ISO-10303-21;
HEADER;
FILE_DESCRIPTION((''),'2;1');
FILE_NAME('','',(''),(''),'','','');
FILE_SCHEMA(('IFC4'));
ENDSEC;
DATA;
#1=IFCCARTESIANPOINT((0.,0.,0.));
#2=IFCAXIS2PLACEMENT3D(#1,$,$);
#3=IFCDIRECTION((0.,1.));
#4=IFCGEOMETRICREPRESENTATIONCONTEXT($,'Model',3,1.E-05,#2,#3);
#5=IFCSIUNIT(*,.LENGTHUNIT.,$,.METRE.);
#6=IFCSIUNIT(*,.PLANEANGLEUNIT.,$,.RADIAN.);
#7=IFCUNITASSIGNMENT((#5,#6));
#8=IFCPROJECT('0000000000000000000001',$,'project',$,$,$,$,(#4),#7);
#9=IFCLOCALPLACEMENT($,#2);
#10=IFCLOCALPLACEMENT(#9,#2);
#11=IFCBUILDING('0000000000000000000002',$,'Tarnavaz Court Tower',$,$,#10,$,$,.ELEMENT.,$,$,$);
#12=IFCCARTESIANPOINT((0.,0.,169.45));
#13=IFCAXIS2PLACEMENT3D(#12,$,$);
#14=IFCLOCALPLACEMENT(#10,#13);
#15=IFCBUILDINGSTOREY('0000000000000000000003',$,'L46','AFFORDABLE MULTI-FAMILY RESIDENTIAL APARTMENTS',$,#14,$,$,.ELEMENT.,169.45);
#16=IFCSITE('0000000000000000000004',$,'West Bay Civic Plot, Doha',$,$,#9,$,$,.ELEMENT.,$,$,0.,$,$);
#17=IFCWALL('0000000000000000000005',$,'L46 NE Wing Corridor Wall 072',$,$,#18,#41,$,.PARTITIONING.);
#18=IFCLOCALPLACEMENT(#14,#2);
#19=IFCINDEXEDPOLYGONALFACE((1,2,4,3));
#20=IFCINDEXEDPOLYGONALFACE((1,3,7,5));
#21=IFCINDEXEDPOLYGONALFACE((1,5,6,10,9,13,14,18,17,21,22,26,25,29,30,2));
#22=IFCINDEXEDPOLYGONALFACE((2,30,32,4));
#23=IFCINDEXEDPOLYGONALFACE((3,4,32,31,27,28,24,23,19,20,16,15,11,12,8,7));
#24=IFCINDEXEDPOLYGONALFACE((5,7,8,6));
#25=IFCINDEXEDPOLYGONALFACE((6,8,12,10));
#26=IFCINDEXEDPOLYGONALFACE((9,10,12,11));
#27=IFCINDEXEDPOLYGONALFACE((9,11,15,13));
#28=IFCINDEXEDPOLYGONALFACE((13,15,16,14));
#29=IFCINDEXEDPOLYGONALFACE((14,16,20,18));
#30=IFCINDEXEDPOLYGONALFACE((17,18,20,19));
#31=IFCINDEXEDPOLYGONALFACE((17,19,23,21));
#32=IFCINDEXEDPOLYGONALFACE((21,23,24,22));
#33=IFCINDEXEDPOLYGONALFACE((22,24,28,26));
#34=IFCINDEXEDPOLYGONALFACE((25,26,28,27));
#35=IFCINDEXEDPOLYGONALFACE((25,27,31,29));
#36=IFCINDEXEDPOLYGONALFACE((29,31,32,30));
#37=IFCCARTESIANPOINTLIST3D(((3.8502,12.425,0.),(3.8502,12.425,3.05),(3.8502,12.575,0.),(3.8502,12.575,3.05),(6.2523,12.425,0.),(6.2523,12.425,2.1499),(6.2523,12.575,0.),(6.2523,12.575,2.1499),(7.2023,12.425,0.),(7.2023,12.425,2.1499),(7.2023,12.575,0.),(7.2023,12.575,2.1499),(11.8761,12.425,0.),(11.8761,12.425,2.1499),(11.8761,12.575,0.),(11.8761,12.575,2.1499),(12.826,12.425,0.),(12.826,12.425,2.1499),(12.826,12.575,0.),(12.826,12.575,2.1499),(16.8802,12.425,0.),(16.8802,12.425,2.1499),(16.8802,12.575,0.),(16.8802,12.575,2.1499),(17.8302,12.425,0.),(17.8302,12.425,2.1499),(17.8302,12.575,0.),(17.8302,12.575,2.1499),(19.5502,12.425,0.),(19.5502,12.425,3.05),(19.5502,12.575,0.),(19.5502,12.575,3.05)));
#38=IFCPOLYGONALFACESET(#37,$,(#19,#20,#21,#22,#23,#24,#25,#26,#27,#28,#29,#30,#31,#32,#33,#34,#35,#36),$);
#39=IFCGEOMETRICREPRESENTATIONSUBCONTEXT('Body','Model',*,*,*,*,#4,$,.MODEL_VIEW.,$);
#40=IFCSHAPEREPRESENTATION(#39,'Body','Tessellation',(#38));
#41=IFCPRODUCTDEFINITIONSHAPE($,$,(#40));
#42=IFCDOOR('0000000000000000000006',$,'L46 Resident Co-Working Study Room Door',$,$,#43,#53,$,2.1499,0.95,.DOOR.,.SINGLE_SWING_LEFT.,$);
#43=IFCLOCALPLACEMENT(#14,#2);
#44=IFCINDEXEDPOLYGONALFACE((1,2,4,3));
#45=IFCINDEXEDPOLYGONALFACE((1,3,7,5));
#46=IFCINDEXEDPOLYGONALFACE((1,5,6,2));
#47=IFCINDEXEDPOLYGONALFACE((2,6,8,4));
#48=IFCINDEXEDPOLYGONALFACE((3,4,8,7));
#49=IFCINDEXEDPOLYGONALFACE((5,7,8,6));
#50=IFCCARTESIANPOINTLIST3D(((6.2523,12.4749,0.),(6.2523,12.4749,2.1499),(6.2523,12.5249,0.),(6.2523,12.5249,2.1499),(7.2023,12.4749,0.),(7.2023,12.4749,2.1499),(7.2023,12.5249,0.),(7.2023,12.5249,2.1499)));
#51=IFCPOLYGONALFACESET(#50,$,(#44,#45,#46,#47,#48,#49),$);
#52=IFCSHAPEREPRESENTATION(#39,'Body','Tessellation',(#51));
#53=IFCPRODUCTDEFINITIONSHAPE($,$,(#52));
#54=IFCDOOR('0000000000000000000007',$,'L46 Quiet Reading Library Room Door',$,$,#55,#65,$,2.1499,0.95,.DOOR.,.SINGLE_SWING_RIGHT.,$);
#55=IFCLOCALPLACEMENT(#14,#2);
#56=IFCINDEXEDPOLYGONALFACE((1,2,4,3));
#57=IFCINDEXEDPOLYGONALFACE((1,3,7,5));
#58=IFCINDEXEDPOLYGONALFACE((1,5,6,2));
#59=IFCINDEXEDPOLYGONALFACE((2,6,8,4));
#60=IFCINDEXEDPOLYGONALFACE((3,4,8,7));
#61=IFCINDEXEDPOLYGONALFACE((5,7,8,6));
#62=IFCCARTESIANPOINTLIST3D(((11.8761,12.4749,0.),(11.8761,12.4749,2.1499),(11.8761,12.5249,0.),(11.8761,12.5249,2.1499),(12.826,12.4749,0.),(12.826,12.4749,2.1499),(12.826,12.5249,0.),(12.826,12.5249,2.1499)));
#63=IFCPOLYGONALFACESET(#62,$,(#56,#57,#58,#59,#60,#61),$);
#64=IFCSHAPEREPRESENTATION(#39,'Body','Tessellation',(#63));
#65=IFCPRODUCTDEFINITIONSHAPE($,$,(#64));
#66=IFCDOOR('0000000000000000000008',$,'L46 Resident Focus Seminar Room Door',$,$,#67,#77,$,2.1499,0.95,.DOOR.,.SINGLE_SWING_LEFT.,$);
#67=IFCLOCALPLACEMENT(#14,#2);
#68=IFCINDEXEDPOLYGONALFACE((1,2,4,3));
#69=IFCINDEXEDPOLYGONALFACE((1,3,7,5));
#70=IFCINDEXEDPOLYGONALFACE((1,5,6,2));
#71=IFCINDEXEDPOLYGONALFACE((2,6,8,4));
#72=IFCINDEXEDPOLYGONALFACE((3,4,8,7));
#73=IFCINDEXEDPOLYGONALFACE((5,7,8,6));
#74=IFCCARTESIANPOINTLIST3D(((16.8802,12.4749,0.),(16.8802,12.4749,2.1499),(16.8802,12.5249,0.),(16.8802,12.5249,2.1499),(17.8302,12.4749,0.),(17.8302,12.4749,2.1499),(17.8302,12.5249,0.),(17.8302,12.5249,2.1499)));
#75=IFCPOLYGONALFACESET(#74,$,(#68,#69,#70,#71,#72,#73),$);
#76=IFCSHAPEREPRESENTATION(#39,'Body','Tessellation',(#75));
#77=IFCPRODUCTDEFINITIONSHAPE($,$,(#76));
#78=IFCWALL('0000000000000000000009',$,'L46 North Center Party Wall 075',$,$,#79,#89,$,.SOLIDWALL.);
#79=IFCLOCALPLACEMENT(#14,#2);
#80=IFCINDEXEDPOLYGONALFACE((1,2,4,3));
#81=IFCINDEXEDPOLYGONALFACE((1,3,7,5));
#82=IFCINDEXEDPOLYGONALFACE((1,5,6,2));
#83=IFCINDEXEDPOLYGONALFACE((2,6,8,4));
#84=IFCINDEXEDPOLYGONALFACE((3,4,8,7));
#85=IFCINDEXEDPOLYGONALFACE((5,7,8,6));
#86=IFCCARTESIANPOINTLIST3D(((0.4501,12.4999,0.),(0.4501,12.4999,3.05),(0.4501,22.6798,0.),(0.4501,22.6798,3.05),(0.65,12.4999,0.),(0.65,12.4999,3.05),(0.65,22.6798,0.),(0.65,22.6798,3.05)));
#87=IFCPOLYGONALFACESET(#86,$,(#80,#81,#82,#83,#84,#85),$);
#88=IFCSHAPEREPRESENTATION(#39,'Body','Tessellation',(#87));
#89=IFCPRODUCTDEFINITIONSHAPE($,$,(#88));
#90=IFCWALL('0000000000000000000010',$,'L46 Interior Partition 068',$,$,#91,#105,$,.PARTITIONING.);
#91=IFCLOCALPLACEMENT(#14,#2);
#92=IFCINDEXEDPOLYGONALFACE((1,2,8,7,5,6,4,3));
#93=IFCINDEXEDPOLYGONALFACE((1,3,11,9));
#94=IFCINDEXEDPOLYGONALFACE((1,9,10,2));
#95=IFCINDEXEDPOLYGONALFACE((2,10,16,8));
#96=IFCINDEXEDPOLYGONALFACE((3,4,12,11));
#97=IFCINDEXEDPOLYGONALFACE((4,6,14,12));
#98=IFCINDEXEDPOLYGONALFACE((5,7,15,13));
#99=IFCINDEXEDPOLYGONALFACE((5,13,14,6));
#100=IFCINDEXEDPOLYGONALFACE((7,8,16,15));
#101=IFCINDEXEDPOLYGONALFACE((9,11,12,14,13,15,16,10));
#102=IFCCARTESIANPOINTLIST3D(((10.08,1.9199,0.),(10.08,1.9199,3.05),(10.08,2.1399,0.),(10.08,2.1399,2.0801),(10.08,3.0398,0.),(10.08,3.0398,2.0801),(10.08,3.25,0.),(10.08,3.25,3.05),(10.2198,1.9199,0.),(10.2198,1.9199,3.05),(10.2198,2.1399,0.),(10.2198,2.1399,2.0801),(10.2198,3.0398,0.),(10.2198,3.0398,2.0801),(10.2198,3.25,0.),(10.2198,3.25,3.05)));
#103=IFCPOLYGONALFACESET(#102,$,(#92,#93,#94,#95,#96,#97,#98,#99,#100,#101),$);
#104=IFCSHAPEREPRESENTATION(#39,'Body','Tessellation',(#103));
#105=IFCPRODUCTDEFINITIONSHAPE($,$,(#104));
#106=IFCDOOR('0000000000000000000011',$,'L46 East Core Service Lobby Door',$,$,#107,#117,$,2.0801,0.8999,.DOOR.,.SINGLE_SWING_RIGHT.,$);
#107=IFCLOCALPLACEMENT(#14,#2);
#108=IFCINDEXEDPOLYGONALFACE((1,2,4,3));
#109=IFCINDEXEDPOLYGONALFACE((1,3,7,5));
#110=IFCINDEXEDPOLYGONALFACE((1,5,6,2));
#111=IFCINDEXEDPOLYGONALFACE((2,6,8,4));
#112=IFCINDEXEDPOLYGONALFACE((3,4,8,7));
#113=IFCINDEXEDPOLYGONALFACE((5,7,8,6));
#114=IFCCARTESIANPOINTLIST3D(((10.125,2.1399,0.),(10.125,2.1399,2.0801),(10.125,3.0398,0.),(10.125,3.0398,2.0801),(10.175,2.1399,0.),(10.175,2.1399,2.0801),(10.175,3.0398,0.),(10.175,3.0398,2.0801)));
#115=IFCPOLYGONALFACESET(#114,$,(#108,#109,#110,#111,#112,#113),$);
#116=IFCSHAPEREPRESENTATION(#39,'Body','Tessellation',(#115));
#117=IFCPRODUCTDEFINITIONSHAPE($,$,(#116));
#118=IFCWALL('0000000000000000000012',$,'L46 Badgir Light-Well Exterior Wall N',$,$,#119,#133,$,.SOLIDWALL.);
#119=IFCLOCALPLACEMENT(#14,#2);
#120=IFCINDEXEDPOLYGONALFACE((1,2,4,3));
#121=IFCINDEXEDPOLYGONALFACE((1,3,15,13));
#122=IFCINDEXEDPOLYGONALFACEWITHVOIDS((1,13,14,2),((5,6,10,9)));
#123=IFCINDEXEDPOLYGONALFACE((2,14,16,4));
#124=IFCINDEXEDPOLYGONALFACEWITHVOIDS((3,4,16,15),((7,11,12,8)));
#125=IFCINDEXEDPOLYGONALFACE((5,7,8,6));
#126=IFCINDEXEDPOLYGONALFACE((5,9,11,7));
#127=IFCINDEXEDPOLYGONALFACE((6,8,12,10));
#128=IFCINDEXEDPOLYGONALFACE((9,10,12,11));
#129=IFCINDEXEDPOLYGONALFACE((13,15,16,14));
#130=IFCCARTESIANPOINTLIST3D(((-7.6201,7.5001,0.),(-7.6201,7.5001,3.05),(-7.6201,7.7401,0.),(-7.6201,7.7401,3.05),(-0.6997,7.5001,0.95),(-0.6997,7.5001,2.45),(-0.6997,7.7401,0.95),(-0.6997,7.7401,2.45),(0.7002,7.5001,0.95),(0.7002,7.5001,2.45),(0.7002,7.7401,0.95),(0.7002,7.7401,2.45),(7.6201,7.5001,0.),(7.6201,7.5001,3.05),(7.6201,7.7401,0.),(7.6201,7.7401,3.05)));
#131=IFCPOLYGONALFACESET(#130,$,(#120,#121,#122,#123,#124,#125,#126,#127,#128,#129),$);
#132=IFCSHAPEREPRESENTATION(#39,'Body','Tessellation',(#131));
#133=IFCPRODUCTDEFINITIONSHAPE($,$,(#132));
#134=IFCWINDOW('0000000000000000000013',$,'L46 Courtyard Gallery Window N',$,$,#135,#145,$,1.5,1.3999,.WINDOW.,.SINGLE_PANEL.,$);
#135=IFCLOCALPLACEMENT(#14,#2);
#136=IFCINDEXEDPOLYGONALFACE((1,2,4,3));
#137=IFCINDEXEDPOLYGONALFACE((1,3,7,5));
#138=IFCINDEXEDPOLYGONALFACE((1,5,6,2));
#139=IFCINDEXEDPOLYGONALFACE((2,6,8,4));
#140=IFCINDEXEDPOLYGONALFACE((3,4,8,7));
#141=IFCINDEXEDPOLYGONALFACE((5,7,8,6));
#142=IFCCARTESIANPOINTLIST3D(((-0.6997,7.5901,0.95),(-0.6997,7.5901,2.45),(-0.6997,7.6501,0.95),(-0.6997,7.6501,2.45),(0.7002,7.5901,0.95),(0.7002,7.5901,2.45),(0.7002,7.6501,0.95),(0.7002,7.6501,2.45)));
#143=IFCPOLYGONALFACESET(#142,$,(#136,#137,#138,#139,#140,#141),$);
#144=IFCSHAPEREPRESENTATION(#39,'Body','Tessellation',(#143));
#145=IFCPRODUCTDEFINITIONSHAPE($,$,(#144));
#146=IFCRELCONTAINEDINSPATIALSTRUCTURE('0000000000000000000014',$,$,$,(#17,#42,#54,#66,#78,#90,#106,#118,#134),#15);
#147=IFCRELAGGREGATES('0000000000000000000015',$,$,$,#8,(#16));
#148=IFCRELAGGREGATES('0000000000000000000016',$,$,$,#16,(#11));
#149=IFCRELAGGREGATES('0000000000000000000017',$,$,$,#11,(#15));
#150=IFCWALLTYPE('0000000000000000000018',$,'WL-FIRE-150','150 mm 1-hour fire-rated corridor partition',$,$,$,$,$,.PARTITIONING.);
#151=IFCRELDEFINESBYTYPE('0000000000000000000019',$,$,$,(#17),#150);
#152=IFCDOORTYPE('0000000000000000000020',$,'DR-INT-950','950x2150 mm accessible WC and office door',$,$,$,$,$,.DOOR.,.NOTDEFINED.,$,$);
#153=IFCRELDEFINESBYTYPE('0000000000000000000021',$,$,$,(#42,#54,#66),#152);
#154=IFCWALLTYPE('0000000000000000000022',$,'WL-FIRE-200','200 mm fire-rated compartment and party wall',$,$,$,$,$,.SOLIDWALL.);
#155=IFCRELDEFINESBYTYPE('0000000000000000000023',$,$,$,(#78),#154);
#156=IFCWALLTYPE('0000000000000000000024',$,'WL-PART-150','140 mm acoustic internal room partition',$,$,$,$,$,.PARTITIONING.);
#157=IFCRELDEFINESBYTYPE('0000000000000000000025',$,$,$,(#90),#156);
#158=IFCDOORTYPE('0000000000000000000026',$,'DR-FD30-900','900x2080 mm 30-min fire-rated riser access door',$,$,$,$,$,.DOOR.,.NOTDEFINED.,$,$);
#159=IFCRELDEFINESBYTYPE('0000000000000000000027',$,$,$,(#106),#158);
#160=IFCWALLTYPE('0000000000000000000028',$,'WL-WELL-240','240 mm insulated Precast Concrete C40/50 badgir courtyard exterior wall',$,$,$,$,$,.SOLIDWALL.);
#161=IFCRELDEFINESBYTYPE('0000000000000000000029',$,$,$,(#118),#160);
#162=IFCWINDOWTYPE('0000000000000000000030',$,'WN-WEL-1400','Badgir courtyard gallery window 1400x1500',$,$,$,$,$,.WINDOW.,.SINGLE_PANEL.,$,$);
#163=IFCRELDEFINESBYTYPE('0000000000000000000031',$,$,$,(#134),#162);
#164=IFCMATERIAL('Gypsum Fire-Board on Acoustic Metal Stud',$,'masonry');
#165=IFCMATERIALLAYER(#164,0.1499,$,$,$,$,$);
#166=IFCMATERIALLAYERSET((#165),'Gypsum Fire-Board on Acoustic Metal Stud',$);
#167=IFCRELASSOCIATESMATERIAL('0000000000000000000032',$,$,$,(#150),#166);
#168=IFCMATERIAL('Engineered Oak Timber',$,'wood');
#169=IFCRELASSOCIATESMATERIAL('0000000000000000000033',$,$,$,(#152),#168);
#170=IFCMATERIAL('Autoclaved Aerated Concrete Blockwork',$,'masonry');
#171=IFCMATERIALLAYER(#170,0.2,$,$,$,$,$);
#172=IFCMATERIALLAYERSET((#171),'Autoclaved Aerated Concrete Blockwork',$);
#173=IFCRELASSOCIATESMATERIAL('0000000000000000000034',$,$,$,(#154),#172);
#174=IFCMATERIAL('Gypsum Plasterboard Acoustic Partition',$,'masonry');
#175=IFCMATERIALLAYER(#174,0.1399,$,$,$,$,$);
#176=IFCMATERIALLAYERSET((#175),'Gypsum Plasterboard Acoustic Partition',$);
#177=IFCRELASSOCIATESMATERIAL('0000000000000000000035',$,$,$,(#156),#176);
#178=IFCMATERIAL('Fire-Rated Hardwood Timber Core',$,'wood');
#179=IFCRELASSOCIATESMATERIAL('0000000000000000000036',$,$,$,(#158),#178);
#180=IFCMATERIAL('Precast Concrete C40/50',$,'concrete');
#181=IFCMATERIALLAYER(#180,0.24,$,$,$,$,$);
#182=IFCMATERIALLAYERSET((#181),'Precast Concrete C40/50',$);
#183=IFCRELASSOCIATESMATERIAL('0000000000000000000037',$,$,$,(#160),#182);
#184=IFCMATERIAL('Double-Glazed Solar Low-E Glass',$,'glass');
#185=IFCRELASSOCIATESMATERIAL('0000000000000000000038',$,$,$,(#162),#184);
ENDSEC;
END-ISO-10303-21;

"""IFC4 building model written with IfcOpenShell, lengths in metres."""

from ifc_helpers import new_model, si_unit, direction, frame, frame_2d, origin, place, context, subcontext, project, spatial, rectangle, extrude, material, layer, layer_set, type_object, element, fill, save


model = new_model("IFC4")

# Units and contexts
model_context = context("Model", 3, precision=1e-05, world=origin(), true_north=direction((0.0, 1.0)))
body_context = subcontext(model_context, "Body", "Model", "MODEL_VIEW")
ifc_project = project(units=[si_unit("LENGTHUNIT", "METRE"), si_unit("PLANEANGLEUNIT", "RADIAN")], contexts=[model_context])

# Site, building, storey
site_placement = place(None, origin())
site = spatial("IfcSite", under=ifc_project, at=site_placement, Name="West Bay Civic Plot, Doha", CompositionType="ELEMENT", RefElevation=0.0)
building_placement = place(site_placement, origin())
building = spatial("IfcBuilding", under=site, at=building_placement, Name="Tarnavaz Court Tower", CompositionType="ELEMENT")
storey_placement = place(building_placement, frame((0.0, 0.0, 169.45)))
storey = spatial("IfcBuildingStorey", under=building, at=storey_placement, Name="L46", Description="AFFORDABLE MULTI-FAMILY RESIDENTIAL APARTMENTS", CompositionType="ELEMENT", Elevation=169.45)

# Shared definitions
ifc_material_1 = material(Name="Fire-Rated Hardwood Timber Core", Category="wood")

# Wall, openings, doors
ifc_material_2 = material(Name="Gypsum Fire-Board on Acoustic Metal Stud", Category="masonry")
ifc_layer_1 = layer(ifc_material_2, 0.1499)
ifc_layer_set_1 = layer_set([ifc_layer_1], Name="Gypsum Fire-Board on Acoustic Metal Stud")
wall_type_1 = type_object("IfcWallType", Name="WL-FIRE-150", Description="150 mm 1-hour fire-rated corridor partition", PredefinedType="PARTITIONING", material=ifc_layer_set_1)
wall_1_placement = place(storey_placement, frame((3.8501, 12.5, 0.0), z_axis=(0.0, 0.0, 1.0), x_axis=(1.0, 0.0, 0.0)))
wall_1 = element("IfcWall", 1, at=wall_1_placement, inside=storey, type_object=wall_type_1, Name="L46 NE Wing Corridor Wall 072", PredefinedType="PARTITIONING", context=body_context, shape_type="SweptSolid", body=[
    extrude(rectangle(XDim=15.7, YDim=0.1499, at=frame_2d((7.8501, 0.0))), origin(), (0.0, 0.0, 1.0), 3.05),
])
opening_1_placement = place(wall_1_placement, frame((2.4021, 0.0, 0.0)))
opening_1 = element("IfcOpeningElement", 2, at=opening_1_placement, cuts=wall_1, PredefinedType="OPENING", context=body_context, shape_type="SweptSolid", body=[
    extrude(rectangle(XDim=0.95, YDim=2.1499, at=frame_2d((0.4751, 1.075))), frame((0.0, 0.085, 0.0), z_axis=(0.0, -1.0, 0.0), x_axis=(1.0, 0.0, 0.0)), (0.0, 0.0, 1.0), 0.1699),
])
opening_2_placement = place(wall_1_placement, frame((8.0259, 0.0, 0.0)))
opening_2 = element("IfcOpeningElement", 3, at=opening_2_placement, cuts=wall_1, PredefinedType="OPENING", context=body_context, shape_type="SweptSolid", body=[
    extrude(rectangle(XDim=0.95, YDim=2.1499, at=frame_2d((0.4751, 1.075))), frame((0.0, 0.085, 0.0), z_axis=(0.0, -1.0, 0.0), x_axis=(1.0, 0.0, 0.0)), (0.0, 0.0, 1.0), 0.1699),
])
opening_3_placement = place(wall_1_placement, frame((13.03, 0.0, 0.0)))
opening_3 = element("IfcOpeningElement", 4, at=opening_3_placement, cuts=wall_1, PredefinedType="OPENING", context=body_context, shape_type="SweptSolid", body=[
    extrude(rectangle(XDim=0.95, YDim=2.1499, at=frame_2d((0.4751, 1.075))), frame((0.0, 0.085, 0.0), z_axis=(0.0, -1.0, 0.0), x_axis=(1.0, 0.0, 0.0)), (0.0, 0.0, 1.0), 0.1699),
])
ifc_material_3 = material(Name="Engineered Oak Timber", Category="wood")
door_type_1 = type_object("IfcDoorType", Name="DR-INT-950", Description="950x2150 mm accessible WC and office door", OperationType="NOTDEFINED", PredefinedType="DOOR", material=ifc_material_3)
door_1_placement = place(opening_1_placement, origin())
door_1 = element("IfcDoor", 5, at=door_1_placement, inside=storey, type_object=door_type_1, Name="L46 Resident Co-Working Study Room Door", OperationType="SINGLE_SWING_LEFT", OverallHeight=2.1499, OverallWidth=0.95, PredefinedType="DOOR", context=body_context, shape_type="SweptSolid", body=[
    extrude(rectangle(XDim=0.95, YDim=2.1499, at=frame_2d((0.4751, 1.075))), frame((0.0, 0.0249, 0.0), z_axis=(0.0, -1.0, 0.0), x_axis=(1.0, 0.0, 0.0)), (0.0, 0.0, 1.0), 0.05),
])
fill(opening_1, door_1)
door_2_placement = place(opening_2_placement, origin())
door_2 = element("IfcDoor", 6, at=door_2_placement, inside=storey, type_object=door_type_1, Name="L46 Quiet Reading Library Room Door", OperationType="SINGLE_SWING_RIGHT", OverallHeight=2.1499, OverallWidth=0.95, PredefinedType="DOOR", context=body_context, shape_type="SweptSolid", body=[
    extrude(rectangle(XDim=0.95, YDim=2.1499, at=frame_2d((0.4751, 1.075))), frame((0.0, 0.0249, 0.0), z_axis=(0.0, -1.0, 0.0), x_axis=(1.0, 0.0, 0.0)), (0.0, 0.0, 1.0), 0.05),
])
fill(opening_2, door_2)
door_3_placement = place(opening_3_placement, origin())
door_3 = element("IfcDoor", 7, at=door_3_placement, inside=storey, type_object=door_type_1, Name="L46 Resident Focus Seminar Room Door", OperationType="SINGLE_SWING_LEFT", OverallHeight=2.1499, OverallWidth=0.95, PredefinedType="DOOR", context=body_context, shape_type="SweptSolid", body=[
    extrude(rectangle(XDim=0.95, YDim=2.1499, at=frame_2d((0.4751, 1.075))), frame((0.0, 0.0249, 0.0), z_axis=(0.0, -1.0, 0.0), x_axis=(1.0, 0.0, 0.0)), (0.0, 0.0, 1.0), 0.05),
])
fill(opening_3, door_3)

# Wall
ifc_material_4 = material(Name="Autoclaved Aerated Concrete Blockwork", Category="masonry")
ifc_layer_2 = layer(ifc_material_4, 0.2)
ifc_layer_set_2 = layer_set([ifc_layer_2], Name="Autoclaved Aerated Concrete Blockwork")
wall_type_2 = type_object("IfcWallType", Name="WL-FIRE-200", Description="200 mm fire-rated compartment and party wall", PredefinedType="SOLIDWALL", material=ifc_layer_set_2)
wall_2_placement = place(storey_placement, frame((0.55, 12.5, 0.0), z_axis=(0.0, 0.0, 1.0), x_axis=(0.0, 1.0, 0.0)))
element("IfcWall", 8, at=wall_2_placement, inside=storey, type_object=wall_type_2, Name="L46 North Center Party Wall 075", PredefinedType="SOLIDWALL", context=body_context, shape_type="SweptSolid", body=[
    extrude(rectangle(XDim=10.1799, YDim=0.2, at=frame_2d((5.0898, 0.0))), origin(), (0.0, 0.0, 1.0), 3.05),
])

# Wall, opening, door
ifc_material_5 = material(Name="Gypsum Plasterboard Acoustic Partition", Category="masonry")
ifc_layer_3 = layer(ifc_material_5, 0.1399)
ifc_layer_set_3 = layer_set([ifc_layer_3], Name="Gypsum Plasterboard Acoustic Partition")
wall_type_3 = type_object("IfcWallType", Name="WL-PART-150", Description="140 mm acoustic internal room partition", PredefinedType="PARTITIONING", material=ifc_layer_set_3)
wall_3_placement = place(storey_placement, frame((10.1499, 1.9199, 0.0), z_axis=(0.0, 0.0, 1.0), x_axis=(0.0, 1.0, 0.0)))
wall_3 = element("IfcWall", 9, at=wall_3_placement, inside=storey, type_object=wall_type_3, Name="L46 Interior Partition 068", PredefinedType="PARTITIONING", context=body_context, shape_type="SweptSolid", body=[
    extrude(rectangle(XDim=1.3301, YDim=0.1399, at=frame_2d((0.665, 0.0))), origin(), (0.0, 0.0, 1.0), 3.05),
])
opening_4_placement = place(wall_3_placement, frame((0.22, 0.0, 0.0)))
opening_4 = element("IfcOpeningElement", 10, at=opening_4_placement, cuts=wall_3, PredefinedType="OPENING", context=body_context, shape_type="SweptSolid", body=[
    extrude(rectangle(XDim=0.8999, YDim=2.0801, at=frame_2d((0.45, 1.04))), frame((0.0, 0.0798, 0.0), z_axis=(0.0, -1.0, 0.0), x_axis=(1.0, 0.0, 0.0)), (0.0, 0.0, 1.0), 0.1599),
])
door_type_2 = type_object("IfcDoorType", Name="DR-FD30-900", Description="900x2080 mm 30-min fire-rated riser access door", OperationType="NOTDEFINED", PredefinedType="DOOR", material=ifc_material_1)
door_4_placement = place(opening_4_placement, origin())
door_4 = element("IfcDoor", 11, at=door_4_placement, inside=storey, type_object=door_type_2, Name="L46 East Core Service Lobby Door", OperationType="SINGLE_SWING_RIGHT", OverallHeight=2.0801, OverallWidth=0.8999, PredefinedType="DOOR", context=body_context, shape_type="SweptSolid", body=[
    extrude(rectangle(XDim=0.8999, YDim=2.0801, at=frame_2d((0.45, 1.04))), frame((0.0, 0.0249, 0.0), z_axis=(0.0, -1.0, 0.0), x_axis=(1.0, 0.0, 0.0)), (0.0, 0.0, 1.0), 0.05),
])
fill(opening_4, door_4)

# Wall, opening, window
ifc_material_6 = material(Name="Precast Concrete C40/50", Category="concrete")
ifc_layer_4 = layer(ifc_material_6, 0.24)
ifc_layer_set_4 = layer_set([ifc_layer_4], Name="Precast Concrete C40/50")
wall_type_4 = type_object("IfcWallType", Name="WL-WELL-240", Description="240 mm insulated Precast Concrete C40/50 badgir courtyard exterior wall", PredefinedType="SOLIDWALL", material=ifc_layer_set_4)
wall_4_placement = place(storey_placement, frame((7.6201, 7.6201, 0.0), z_axis=(0.0, 0.0, 1.0), x_axis=(-1.0, 0.0, 0.0)))
wall_4 = element("IfcWall", 12, at=wall_4_placement, inside=storey, type_object=wall_type_4, Name="L46 Badgir Light-Well Exterior Wall N", PredefinedType="SOLIDWALL", context=body_context, shape_type="SweptSolid", body=[
    extrude(rectangle(XDim=15.2402, YDim=0.24, at=frame_2d((7.6201, 0.0))), origin(), (0.0, 0.0, 1.0), 3.05),
])
opening_5_placement = place(wall_4_placement, frame((6.9199, 0.0, 0.95)))
opening_5 = element("IfcOpeningElement", 13, at=opening_5_placement, cuts=wall_4, PredefinedType="OPENING", context=body_context, shape_type="SweptSolid", body=[
    extrude(rectangle(XDim=1.3999, YDim=1.5, at=frame_2d((0.7, 0.75))), frame((0.0, 0.1299, 0.0), z_axis=(0.0, -1.0, 0.0), x_axis=(1.0, 0.0, 0.0)), (0.0, 0.0, 1.0), 0.26),
])
ifc_material_7 = material(Name="Double-Glazed Solar Low-E Glass", Category="glass")
window_type = type_object("IfcWindowType", Name="WN-WEL-1400", Description="Badgir courtyard gallery window 1400x1500", PartitioningType="SINGLE_PANEL", PredefinedType="WINDOW", material=ifc_material_7)
window_placement = place(opening_5_placement, origin())
window = element("IfcWindow", 14, at=window_placement, inside=storey, type_object=window_type, Name="L46 Courtyard Gallery Window N", OverallHeight=1.5, OverallWidth=1.3999, PartitioningType="SINGLE_PANEL", PredefinedType="WINDOW", context=body_context, shape_type="SweptSolid", body=[
    extrude(rectangle(XDim=1.3999, YDim=1.5, at=frame_2d((0.7, 0.75))), frame((0.0, 0.03, 0.0), z_axis=(0.0, -1.0, 0.0), x_axis=(1.0, 0.0, 0.0)), (0.0, 0.0, 1.0), 0.0601),
])
fill(opening_5, window)

save(model, "model.ifc")
